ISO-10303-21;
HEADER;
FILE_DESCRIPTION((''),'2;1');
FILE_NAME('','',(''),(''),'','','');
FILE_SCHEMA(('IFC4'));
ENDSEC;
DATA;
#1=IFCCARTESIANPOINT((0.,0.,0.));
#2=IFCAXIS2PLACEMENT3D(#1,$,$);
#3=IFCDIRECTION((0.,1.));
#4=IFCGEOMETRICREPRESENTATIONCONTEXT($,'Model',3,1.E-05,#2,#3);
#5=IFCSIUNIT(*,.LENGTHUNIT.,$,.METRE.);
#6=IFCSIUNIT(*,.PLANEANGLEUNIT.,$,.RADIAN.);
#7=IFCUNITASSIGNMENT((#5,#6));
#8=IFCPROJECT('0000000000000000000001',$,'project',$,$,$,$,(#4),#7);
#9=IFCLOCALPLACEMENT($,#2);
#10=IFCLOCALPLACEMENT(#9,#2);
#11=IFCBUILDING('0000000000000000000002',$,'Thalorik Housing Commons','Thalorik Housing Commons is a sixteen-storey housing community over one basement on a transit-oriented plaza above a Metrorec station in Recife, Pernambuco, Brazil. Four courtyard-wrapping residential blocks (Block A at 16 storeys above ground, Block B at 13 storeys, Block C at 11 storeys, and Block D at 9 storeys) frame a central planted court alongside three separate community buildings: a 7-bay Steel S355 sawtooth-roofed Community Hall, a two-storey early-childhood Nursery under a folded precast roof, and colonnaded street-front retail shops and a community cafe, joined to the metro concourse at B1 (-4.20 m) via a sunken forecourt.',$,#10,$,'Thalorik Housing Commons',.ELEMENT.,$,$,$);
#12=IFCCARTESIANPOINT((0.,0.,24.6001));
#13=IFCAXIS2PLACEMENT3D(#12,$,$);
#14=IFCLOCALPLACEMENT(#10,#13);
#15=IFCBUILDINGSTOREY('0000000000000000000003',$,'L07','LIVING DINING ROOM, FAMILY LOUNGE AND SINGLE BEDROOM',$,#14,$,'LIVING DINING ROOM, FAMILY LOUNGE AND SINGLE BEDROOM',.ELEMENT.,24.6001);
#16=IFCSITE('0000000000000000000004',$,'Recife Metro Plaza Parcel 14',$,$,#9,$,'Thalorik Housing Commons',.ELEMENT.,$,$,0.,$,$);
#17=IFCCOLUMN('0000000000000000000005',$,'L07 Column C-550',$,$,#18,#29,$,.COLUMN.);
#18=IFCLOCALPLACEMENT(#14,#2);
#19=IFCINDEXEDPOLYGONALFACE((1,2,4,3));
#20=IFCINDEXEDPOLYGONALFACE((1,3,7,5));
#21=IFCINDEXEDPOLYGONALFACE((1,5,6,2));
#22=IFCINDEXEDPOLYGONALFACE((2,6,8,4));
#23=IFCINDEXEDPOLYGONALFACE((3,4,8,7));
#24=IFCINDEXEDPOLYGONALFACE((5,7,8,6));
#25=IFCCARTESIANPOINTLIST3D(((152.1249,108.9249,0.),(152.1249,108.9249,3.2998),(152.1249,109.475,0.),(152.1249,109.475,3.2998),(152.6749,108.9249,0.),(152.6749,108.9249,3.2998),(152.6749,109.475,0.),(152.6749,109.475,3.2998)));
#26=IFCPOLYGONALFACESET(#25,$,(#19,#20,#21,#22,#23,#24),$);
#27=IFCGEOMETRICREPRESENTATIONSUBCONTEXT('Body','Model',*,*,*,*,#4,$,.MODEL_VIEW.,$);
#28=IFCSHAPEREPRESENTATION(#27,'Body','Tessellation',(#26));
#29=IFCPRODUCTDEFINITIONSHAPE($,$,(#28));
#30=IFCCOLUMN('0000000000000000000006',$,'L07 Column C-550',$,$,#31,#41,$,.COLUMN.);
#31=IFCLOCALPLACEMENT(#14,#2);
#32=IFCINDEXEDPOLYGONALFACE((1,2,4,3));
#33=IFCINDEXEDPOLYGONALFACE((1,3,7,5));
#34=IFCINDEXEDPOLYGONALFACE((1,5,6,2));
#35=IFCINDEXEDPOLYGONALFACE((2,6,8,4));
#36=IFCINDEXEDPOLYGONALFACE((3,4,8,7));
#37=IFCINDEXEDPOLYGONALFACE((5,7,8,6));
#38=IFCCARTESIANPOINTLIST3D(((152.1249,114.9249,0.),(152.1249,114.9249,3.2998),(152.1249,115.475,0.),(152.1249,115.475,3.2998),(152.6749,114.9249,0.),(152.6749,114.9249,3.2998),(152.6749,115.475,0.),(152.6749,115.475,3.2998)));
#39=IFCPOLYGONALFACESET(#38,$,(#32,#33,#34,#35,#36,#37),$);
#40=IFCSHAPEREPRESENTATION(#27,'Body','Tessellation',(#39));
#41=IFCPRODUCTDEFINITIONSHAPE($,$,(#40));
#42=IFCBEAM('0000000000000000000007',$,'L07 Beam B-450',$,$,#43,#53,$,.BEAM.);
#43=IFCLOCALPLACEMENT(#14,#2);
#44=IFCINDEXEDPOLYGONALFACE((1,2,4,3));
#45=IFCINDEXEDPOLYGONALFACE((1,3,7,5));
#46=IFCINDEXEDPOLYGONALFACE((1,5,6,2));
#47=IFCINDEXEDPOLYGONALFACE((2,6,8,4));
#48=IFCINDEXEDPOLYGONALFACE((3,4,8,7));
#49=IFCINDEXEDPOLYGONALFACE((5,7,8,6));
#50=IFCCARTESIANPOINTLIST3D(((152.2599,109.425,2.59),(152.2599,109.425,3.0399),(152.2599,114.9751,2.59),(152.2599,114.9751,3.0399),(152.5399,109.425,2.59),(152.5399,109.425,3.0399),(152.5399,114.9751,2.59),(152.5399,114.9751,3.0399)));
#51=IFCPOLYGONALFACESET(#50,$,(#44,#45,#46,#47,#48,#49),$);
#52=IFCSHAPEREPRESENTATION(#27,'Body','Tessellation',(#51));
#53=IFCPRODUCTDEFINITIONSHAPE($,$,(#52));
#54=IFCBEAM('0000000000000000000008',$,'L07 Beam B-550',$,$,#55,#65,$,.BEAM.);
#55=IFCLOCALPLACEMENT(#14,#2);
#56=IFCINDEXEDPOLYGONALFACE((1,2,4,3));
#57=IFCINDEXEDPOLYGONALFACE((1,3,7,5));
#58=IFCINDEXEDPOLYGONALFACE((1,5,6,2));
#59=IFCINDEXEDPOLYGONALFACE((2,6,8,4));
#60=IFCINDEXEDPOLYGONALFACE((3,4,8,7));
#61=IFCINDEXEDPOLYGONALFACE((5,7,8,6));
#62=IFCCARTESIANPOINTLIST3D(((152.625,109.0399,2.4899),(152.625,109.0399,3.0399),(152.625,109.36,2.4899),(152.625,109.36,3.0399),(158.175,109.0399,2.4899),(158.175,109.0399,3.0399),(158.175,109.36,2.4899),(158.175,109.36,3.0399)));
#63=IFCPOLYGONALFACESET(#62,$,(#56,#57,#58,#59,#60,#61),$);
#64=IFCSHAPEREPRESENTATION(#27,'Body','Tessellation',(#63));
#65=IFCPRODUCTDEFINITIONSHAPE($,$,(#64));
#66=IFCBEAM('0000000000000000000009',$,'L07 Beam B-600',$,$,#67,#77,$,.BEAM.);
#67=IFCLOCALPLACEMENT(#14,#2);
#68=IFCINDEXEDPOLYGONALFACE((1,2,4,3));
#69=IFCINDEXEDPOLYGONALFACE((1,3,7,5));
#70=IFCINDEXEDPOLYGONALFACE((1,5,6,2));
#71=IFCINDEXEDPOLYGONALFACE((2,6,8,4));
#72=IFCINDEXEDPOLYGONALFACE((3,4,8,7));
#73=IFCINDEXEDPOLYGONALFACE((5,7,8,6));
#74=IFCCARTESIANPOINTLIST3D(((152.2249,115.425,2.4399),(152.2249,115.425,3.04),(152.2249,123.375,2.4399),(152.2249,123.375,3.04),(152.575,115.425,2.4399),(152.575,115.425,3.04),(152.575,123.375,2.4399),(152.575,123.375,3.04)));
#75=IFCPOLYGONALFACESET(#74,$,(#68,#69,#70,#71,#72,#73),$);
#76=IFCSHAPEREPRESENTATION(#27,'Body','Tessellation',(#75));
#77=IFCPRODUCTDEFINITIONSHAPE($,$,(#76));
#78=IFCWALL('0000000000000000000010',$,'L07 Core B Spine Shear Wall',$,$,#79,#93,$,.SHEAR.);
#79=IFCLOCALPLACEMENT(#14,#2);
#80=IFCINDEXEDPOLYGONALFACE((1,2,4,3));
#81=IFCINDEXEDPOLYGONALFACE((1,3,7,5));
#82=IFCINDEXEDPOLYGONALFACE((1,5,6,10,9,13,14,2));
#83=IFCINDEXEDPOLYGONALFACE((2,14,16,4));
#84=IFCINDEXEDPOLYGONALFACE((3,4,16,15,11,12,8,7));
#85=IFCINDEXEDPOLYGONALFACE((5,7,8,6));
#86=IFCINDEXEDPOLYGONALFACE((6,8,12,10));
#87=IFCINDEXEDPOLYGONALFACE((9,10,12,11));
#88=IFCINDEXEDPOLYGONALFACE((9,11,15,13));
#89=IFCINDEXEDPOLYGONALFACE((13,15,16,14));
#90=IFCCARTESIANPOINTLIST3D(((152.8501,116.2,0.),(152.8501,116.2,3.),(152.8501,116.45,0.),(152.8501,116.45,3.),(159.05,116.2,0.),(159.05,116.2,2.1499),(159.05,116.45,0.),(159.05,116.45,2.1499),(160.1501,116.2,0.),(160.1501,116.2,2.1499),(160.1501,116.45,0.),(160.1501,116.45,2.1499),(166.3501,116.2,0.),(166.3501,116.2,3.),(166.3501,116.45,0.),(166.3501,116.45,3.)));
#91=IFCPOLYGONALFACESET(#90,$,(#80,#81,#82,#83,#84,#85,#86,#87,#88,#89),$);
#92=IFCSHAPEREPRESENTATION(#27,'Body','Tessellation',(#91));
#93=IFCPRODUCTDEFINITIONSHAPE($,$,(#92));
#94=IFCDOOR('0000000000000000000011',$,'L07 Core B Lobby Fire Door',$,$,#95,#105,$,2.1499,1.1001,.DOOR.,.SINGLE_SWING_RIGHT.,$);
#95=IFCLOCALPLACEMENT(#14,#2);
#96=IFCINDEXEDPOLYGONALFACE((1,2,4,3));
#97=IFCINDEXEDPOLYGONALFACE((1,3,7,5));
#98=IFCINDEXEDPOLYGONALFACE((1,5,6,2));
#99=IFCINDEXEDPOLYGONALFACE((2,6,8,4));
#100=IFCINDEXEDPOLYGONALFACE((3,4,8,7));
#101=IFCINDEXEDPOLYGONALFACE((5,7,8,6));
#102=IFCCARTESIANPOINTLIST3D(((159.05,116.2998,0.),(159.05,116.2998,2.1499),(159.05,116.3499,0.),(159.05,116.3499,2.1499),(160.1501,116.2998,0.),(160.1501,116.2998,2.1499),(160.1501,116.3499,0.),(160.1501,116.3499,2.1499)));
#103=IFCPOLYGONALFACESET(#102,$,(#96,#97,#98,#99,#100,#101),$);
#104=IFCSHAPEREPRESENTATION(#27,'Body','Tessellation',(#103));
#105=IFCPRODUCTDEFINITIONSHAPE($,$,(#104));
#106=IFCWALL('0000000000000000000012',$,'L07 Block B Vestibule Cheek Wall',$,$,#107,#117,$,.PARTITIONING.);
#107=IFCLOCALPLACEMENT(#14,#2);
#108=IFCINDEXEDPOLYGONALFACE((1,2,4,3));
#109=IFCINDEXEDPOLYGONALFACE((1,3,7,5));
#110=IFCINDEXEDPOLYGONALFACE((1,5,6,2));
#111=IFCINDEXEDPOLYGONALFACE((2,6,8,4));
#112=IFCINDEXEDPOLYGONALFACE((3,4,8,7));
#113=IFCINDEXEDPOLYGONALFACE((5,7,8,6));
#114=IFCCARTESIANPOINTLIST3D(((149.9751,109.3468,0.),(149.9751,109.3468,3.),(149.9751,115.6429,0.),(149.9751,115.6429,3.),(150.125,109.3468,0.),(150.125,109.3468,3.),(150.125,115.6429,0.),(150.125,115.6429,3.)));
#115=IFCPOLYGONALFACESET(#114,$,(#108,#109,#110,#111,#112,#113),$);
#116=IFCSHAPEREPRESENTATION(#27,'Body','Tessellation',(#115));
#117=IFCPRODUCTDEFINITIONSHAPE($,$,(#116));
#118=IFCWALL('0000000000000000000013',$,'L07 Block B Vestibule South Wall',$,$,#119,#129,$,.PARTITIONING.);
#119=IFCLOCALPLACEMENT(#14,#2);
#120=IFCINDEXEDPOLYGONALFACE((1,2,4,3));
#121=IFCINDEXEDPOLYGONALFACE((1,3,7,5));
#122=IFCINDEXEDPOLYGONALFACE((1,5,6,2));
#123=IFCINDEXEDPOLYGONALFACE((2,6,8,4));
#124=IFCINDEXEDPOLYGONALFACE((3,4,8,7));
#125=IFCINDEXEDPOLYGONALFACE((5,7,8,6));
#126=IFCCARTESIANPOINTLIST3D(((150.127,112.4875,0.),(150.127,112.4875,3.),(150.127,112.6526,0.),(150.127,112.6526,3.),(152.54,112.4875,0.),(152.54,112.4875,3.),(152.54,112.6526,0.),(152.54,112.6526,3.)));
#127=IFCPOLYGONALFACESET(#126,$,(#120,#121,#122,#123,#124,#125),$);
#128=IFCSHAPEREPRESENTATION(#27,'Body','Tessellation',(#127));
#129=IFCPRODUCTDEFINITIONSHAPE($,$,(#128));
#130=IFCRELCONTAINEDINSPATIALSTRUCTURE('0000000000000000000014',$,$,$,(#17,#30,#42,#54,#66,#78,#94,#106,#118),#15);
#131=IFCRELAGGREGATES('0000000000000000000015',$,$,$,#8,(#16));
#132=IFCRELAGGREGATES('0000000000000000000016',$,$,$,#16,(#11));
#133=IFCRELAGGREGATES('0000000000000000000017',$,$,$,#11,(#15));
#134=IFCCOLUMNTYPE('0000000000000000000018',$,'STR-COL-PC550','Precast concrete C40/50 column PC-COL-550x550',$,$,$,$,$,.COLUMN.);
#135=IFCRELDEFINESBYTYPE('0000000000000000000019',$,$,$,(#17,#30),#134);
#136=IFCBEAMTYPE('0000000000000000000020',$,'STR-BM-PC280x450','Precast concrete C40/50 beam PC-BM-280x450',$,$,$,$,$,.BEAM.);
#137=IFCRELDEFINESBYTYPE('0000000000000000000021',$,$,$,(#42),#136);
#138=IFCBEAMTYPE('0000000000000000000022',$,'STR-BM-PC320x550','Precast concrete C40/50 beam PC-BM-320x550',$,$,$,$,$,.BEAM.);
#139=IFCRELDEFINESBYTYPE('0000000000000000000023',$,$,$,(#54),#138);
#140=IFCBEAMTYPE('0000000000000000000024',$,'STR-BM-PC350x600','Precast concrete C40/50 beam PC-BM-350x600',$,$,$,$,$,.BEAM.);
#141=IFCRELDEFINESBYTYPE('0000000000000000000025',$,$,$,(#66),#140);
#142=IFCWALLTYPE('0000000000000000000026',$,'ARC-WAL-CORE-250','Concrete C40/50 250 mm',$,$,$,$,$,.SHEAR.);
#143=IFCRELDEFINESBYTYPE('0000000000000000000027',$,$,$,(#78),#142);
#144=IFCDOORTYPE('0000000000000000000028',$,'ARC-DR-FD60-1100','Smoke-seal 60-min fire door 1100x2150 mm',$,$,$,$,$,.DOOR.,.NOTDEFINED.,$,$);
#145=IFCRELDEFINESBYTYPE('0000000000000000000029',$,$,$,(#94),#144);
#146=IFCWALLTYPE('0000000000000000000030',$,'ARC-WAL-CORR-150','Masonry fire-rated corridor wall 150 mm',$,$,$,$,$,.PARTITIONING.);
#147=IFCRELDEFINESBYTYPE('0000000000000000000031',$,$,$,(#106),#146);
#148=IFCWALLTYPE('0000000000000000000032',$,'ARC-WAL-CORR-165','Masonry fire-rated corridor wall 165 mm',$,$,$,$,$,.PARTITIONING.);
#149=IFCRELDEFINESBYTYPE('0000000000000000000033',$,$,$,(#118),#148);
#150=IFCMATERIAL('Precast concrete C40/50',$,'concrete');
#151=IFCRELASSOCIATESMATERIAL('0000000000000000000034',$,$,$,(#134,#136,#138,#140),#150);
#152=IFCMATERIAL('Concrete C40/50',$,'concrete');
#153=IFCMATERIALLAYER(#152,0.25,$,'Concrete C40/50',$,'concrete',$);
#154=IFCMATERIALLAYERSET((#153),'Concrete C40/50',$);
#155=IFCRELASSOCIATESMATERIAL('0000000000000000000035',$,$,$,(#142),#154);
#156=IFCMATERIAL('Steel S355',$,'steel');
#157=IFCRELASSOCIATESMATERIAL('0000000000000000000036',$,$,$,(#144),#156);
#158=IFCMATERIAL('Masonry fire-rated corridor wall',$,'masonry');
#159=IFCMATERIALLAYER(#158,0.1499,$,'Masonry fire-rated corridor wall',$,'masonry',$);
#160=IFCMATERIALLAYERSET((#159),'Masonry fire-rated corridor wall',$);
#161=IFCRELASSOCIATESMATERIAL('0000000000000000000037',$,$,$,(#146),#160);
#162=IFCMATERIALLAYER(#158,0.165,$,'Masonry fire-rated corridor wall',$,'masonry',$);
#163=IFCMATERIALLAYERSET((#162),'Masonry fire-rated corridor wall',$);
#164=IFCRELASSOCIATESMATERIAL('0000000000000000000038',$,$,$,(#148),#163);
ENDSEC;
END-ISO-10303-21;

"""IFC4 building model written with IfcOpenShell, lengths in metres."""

from ifc_helpers import new_model, si_unit, direction, frame, frame_2d, origin, origin_2d, place, context, subcontext, project, spatial, rectangle, extrude, material, layer, layer_set, material_profile, profile_set, type_object, element, fill, save


model = new_model("IFC4")

# Units and contexts
model_context = context("Model", 3, precision=1e-05, world=origin(), true_north=direction((0.0, 1.0)))
body_context = subcontext(model_context, "Body", "Model", "MODEL_VIEW")
ifc_project = project(units=[si_unit("LENGTHUNIT", "METRE"), si_unit("PLANEANGLEUNIT", "RADIAN")], contexts=[model_context])

# Site, building, storey
site_placement = place(None, origin())
site = spatial("IfcSite", under=ifc_project, at=site_placement, Name="Recife Metro Plaza Parcel 14", LongName="Thalorik Housing Commons", CompositionType="ELEMENT", RefElevation=0.0)
building_placement = place(site_placement, origin())
building = spatial("IfcBuilding", under=site, at=building_placement, Name="Thalorik Housing Commons", Description="Thalorik Housing Commons is a sixteen-storey housing community over one basement on a transit-oriented plaza above a Metrorec station in Recife, Pernambuco, Brazil. Four courtyard-wrapping residential blocks (Block A at 16 storeys above ground, Block B at 13 storeys, Block C at 11 storeys, and Block D at 9 storeys) frame a central planted court alongside three separate community buildings: a 7-bay Steel S355 sawtooth-roofed Community Hall, a two-storey early-childhood Nursery under a folded precast roof, and colonnaded street-front retail shops and a community cafe, joined to the metro concourse at B1 (-4.20 m) via a sunken forecourt.", LongName="Thalorik Housing Commons", CompositionType="ELEMENT")
storey_placement = place(building_placement, frame((0.0, 0.0, 24.6001)))
storey = spatial("IfcBuildingStorey", under=building, at=storey_placement, Name="L07", Description="LIVING DINING ROOM, FAMILY LOUNGE AND SINGLE BEDROOM", LongName="LIVING DINING ROOM, FAMILY LOUNGE AND SINGLE BEDROOM", CompositionType="ELEMENT", Elevation=24.6001)

# Columns
ifc_material_1 = material(Name="Precast concrete C40/50", Category="concrete")
ifc_material_profile_1 = material_profile(ifc_material_1, rectangle(XDim=0.55, YDim=0.55, at=origin_2d()), Name="PC 550x550", Category="concrete")
ifc_profile_set_1 = profile_set([ifc_material_profile_1], Name="Precast concrete C40/50")
column_type = type_object("IfcColumnType", Name="STR-COL-PC550", Description="Precast concrete C40/50 column PC-COL-550x550", PredefinedType="COLUMN", material=ifc_profile_set_1)
for number, where, z_axis, x_axis, name in (
    (1, (152.3999, 109.2, 0.0), (0.0, 0.0, 1.0), (1.0, 0.0, 0.0), "L07 Column C-550"),
    (2, (152.3999, 115.2, 0.0), (0.0, 0.0, 1.0), (1.0, 0.0, 0.0), "L07 Column C-550"),
):
    element("IfcColumn", number, at=place(storey_placement, frame(where, z_axis=z_axis, x_axis=x_axis)), inside=storey, type_object=column_type, Name=name, PredefinedType="COLUMN", context=body_context, shape_type="SweptSolid", body=[
        extrude(rectangle(XDim=0.55, YDim=0.55, at=origin_2d()), origin(), (0.0, 0.0, 1.0), 3.2998),
    ])

# Beams
ifc_material_profile_2 = material_profile(ifc_material_1, rectangle(XDim=0.28, YDim=0.45, at=origin_2d()), Name="PC 280x450", Category="concrete")
ifc_profile_set_2 = profile_set([ifc_material_profile_2], Name="Precast concrete C40/50")
beam_type_1 = type_object("IfcBeamType", Name="STR-BM-PC280x450", Description="Precast concrete C40/50 beam PC-BM-280x450", PredefinedType="BEAM", material=ifc_profile_set_2)
beam_1_placement = place(storey_placement, frame((152.3999, 109.425, 2.8149), z_axis=(0.0, 1.0, 0.0), x_axis=(-1.0, 0.0, 0.0)))
element("IfcBeam", 3, at=beam_1_placement, inside=storey, type_object=beam_type_1, Name="L07 Beam B-450", PredefinedType="BEAM", context=body_context, shape_type="SweptSolid", body=[
    extrude(rectangle(XDim=0.28, YDim=0.45, at=origin_2d()), origin(), (0.0, 0.0, 1.0), 5.55),
])
ifc_material_profile_3 = material_profile(ifc_material_1, rectangle(XDim=0.3201, YDim=0.55, at=origin_2d()), Name="PC 320x550", Category="concrete")
ifc_profile_set_3 = profile_set([ifc_material_profile_3], Name="Precast concrete C40/50")
beam_type_2 = type_object("IfcBeamType", Name="STR-BM-PC320x550", Description="Precast concrete C40/50 beam PC-BM-320x550", PredefinedType="BEAM", material=ifc_profile_set_3)
beam_2_placement = place(storey_placement, frame((152.625, 109.2, 2.7649), z_axis=(1.0, 0.0, 0.0), x_axis=(0.0, 1.0, 0.0)))
element("IfcBeam", 4, at=beam_2_placement, inside=storey, type_object=beam_type_2, Name="L07 Beam B-550", PredefinedType="BEAM", context=body_context, shape_type="SweptSolid", body=[
    extrude(rectangle(XDim=0.3201, YDim=0.55, at=origin_2d()), origin(), (0.0, 0.0, 1.0), 5.55),
])
ifc_material_profile_4 = material_profile(ifc_material_1, rectangle(XDim=0.3501, YDim=0.6001, at=origin_2d()), Name="PC 350x600", Category="concrete")
ifc_profile_set_4 = profile_set([ifc_material_profile_4], Name="Precast concrete C40/50")
beam_type_3 = type_object("IfcBeamType", Name="STR-BM-PC350x600", Description="Precast concrete C40/50 beam PC-BM-350x600", PredefinedType="BEAM", material=ifc_profile_set_4)
beam_3_placement = place(storey_placement, frame((152.3999, 115.425, 2.74), z_axis=(0.0, 1.0, 0.0), x_axis=(-1.0, 0.0, 0.0)))
element("IfcBeam", 5, at=beam_3_placement, inside=storey, type_object=beam_type_3, Name="L07 Beam B-600", PredefinedType="BEAM", context=body_context, shape_type="SweptSolid", body=[
    extrude(rectangle(XDim=0.3501, YDim=0.6001, at=origin_2d()), origin(), (0.0, 0.0, 1.0), 7.95),
])

# Wall, opening, door
ifc_material_2 = material(Name="Concrete C40/50", Category="concrete")
ifc_layer_1 = layer(ifc_material_2, 0.25, Name="Concrete C40/50", Category="concrete")
ifc_layer_set_1 = layer_set([ifc_layer_1], Name="Concrete C40/50")
wall_type_1 = type_object("IfcWallType", Name="ARC-WAL-CORE-250", Description="Concrete C40/50 250 mm", PredefinedType="SHEAR", material=ifc_layer_set_1)
ifc_material_3 = material(Name="Steel S355", Category="steel")
wall_1_placement = place(storey_placement, frame((152.8501, 116.325, 0.0), z_axis=(0.0, 0.0, 1.0), x_axis=(1.0, 0.0, 0.0)))
wall_1 = element("IfcWall", 6, at=wall_1_placement, inside=storey, type_object=wall_type_1, Name="L07 Core B Spine Shear Wall", PredefinedType="SHEAR", context=body_context, shape_type="SweptSolid", body=[
    extrude(rectangle(XDim=13.5, YDim=0.25, at=frame_2d((6.75, 0.0))), origin(), (0.0, 0.0, 1.0), 3.0),
])
opening_1_placement = place(wall_1_placement, frame((6.2, 0.0, 0.0)))
opening_1 = element("IfcOpeningElement", 7, at=opening_1_placement, cuts=wall_1, PredefinedType="OPENING", context=body_context, shape_type="SweptSolid", body=[
    extrude(rectangle(XDim=1.1001, YDim=2.1499, at=frame_2d((0.55, 1.075))), frame((0.0, 0.135, 0.0), z_axis=(0.0, -1.0, 0.0), x_axis=(1.0, 0.0, 0.0)), (0.0, 0.0, 1.0), 0.27),
])
door_type_1 = type_object("IfcDoorType", Name="ARC-DR-FD60-1100", Description="Smoke-seal 60-min fire door 1100x2150 mm", OperationType="NOTDEFINED", PredefinedType="DOOR", material=ifc_material_3)
door_1_placement = place(opening_1_placement, origin())
door_1 = element("IfcDoor", 8, at=door_1_placement, inside=storey, type_object=door_type_1, Name="L07 Core B Lobby Fire Door", OperationType="SINGLE_SWING_RIGHT", OverallHeight=2.1499, OverallWidth=1.1001, PredefinedType="DOOR", context=body_context, shape_type="SweptSolid", body=[
    extrude(rectangle(XDim=1.1001, YDim=2.1499, at=frame_2d((0.55, 1.075))), frame((0.0, 0.0249, 0.0), z_axis=(0.0, -1.0, 0.0), x_axis=(1.0, 0.0, 0.0)), (0.0, 0.0, 1.0), 0.05),
])
fill(opening_1, door_1)

# Walls
ifc_material_4 = material(Name="Masonry fire-rated corridor wall", Category="masonry")
ifc_layer_2 = layer(ifc_material_4, 0.1499, Name="Masonry fire-rated corridor wall", Category="masonry")
ifc_layer_set_2 = layer_set([ifc_layer_2], Name="Masonry fire-rated corridor wall")
wall_type_2 = type_object("IfcWallType", Name="ARC-WAL-CORR-150", Description="Masonry fire-rated corridor wall 150 mm", PredefinedType="PARTITIONING", material=ifc_layer_set_2)
wall_2_placement = place(storey_placement, frame((150.05, 109.3469, 0.0), z_axis=(0.0, 0.0, 1.0), x_axis=(0.0, 1.0, 0.0)))
element("IfcWall", 9, at=wall_2_placement, inside=storey, type_object=wall_type_2, Name="L07 Block B Vestibule Cheek Wall", PredefinedType="PARTITIONING", context=body_context, shape_type="SweptSolid", body=[
    extrude(rectangle(XDim=6.2961, YDim=0.1499, at=frame_2d((3.1479, 0.0))), origin(), (0.0, 0.0, 1.0), 3.0),
])
ifc_layer_3 = layer(ifc_material_4, 0.165, Name="Masonry fire-rated corridor wall", Category="masonry")
ifc_layer_set_3 = layer_set([ifc_layer_3], Name="Masonry fire-rated corridor wall")
wall_type_3 = type_object("IfcWallType", Name="ARC-WAL-CORR-165", Description="Masonry fire-rated corridor wall 165 mm", PredefinedType="PARTITIONING", material=ifc_layer_set_3)
wall_3_placement = place(storey_placement, frame((150.127, 112.5701, 0.0), z_axis=(0.0, 0.0, 1.0), x_axis=(1.0, 0.0, 0.0)))
element("IfcWall", 10, at=wall_3_placement, inside=storey, type_object=wall_type_3, Name="L07 Block B Vestibule South Wall", PredefinedType="PARTITIONING", context=body_context, shape_type="SweptSolid", body=[
    extrude(rectangle(XDim=2.4131, YDim=0.165, at=frame_2d((1.2065, 0.0))), origin(), (0.0, 0.0, 1.0), 3.0),
])

save(model, "model.ifc")
